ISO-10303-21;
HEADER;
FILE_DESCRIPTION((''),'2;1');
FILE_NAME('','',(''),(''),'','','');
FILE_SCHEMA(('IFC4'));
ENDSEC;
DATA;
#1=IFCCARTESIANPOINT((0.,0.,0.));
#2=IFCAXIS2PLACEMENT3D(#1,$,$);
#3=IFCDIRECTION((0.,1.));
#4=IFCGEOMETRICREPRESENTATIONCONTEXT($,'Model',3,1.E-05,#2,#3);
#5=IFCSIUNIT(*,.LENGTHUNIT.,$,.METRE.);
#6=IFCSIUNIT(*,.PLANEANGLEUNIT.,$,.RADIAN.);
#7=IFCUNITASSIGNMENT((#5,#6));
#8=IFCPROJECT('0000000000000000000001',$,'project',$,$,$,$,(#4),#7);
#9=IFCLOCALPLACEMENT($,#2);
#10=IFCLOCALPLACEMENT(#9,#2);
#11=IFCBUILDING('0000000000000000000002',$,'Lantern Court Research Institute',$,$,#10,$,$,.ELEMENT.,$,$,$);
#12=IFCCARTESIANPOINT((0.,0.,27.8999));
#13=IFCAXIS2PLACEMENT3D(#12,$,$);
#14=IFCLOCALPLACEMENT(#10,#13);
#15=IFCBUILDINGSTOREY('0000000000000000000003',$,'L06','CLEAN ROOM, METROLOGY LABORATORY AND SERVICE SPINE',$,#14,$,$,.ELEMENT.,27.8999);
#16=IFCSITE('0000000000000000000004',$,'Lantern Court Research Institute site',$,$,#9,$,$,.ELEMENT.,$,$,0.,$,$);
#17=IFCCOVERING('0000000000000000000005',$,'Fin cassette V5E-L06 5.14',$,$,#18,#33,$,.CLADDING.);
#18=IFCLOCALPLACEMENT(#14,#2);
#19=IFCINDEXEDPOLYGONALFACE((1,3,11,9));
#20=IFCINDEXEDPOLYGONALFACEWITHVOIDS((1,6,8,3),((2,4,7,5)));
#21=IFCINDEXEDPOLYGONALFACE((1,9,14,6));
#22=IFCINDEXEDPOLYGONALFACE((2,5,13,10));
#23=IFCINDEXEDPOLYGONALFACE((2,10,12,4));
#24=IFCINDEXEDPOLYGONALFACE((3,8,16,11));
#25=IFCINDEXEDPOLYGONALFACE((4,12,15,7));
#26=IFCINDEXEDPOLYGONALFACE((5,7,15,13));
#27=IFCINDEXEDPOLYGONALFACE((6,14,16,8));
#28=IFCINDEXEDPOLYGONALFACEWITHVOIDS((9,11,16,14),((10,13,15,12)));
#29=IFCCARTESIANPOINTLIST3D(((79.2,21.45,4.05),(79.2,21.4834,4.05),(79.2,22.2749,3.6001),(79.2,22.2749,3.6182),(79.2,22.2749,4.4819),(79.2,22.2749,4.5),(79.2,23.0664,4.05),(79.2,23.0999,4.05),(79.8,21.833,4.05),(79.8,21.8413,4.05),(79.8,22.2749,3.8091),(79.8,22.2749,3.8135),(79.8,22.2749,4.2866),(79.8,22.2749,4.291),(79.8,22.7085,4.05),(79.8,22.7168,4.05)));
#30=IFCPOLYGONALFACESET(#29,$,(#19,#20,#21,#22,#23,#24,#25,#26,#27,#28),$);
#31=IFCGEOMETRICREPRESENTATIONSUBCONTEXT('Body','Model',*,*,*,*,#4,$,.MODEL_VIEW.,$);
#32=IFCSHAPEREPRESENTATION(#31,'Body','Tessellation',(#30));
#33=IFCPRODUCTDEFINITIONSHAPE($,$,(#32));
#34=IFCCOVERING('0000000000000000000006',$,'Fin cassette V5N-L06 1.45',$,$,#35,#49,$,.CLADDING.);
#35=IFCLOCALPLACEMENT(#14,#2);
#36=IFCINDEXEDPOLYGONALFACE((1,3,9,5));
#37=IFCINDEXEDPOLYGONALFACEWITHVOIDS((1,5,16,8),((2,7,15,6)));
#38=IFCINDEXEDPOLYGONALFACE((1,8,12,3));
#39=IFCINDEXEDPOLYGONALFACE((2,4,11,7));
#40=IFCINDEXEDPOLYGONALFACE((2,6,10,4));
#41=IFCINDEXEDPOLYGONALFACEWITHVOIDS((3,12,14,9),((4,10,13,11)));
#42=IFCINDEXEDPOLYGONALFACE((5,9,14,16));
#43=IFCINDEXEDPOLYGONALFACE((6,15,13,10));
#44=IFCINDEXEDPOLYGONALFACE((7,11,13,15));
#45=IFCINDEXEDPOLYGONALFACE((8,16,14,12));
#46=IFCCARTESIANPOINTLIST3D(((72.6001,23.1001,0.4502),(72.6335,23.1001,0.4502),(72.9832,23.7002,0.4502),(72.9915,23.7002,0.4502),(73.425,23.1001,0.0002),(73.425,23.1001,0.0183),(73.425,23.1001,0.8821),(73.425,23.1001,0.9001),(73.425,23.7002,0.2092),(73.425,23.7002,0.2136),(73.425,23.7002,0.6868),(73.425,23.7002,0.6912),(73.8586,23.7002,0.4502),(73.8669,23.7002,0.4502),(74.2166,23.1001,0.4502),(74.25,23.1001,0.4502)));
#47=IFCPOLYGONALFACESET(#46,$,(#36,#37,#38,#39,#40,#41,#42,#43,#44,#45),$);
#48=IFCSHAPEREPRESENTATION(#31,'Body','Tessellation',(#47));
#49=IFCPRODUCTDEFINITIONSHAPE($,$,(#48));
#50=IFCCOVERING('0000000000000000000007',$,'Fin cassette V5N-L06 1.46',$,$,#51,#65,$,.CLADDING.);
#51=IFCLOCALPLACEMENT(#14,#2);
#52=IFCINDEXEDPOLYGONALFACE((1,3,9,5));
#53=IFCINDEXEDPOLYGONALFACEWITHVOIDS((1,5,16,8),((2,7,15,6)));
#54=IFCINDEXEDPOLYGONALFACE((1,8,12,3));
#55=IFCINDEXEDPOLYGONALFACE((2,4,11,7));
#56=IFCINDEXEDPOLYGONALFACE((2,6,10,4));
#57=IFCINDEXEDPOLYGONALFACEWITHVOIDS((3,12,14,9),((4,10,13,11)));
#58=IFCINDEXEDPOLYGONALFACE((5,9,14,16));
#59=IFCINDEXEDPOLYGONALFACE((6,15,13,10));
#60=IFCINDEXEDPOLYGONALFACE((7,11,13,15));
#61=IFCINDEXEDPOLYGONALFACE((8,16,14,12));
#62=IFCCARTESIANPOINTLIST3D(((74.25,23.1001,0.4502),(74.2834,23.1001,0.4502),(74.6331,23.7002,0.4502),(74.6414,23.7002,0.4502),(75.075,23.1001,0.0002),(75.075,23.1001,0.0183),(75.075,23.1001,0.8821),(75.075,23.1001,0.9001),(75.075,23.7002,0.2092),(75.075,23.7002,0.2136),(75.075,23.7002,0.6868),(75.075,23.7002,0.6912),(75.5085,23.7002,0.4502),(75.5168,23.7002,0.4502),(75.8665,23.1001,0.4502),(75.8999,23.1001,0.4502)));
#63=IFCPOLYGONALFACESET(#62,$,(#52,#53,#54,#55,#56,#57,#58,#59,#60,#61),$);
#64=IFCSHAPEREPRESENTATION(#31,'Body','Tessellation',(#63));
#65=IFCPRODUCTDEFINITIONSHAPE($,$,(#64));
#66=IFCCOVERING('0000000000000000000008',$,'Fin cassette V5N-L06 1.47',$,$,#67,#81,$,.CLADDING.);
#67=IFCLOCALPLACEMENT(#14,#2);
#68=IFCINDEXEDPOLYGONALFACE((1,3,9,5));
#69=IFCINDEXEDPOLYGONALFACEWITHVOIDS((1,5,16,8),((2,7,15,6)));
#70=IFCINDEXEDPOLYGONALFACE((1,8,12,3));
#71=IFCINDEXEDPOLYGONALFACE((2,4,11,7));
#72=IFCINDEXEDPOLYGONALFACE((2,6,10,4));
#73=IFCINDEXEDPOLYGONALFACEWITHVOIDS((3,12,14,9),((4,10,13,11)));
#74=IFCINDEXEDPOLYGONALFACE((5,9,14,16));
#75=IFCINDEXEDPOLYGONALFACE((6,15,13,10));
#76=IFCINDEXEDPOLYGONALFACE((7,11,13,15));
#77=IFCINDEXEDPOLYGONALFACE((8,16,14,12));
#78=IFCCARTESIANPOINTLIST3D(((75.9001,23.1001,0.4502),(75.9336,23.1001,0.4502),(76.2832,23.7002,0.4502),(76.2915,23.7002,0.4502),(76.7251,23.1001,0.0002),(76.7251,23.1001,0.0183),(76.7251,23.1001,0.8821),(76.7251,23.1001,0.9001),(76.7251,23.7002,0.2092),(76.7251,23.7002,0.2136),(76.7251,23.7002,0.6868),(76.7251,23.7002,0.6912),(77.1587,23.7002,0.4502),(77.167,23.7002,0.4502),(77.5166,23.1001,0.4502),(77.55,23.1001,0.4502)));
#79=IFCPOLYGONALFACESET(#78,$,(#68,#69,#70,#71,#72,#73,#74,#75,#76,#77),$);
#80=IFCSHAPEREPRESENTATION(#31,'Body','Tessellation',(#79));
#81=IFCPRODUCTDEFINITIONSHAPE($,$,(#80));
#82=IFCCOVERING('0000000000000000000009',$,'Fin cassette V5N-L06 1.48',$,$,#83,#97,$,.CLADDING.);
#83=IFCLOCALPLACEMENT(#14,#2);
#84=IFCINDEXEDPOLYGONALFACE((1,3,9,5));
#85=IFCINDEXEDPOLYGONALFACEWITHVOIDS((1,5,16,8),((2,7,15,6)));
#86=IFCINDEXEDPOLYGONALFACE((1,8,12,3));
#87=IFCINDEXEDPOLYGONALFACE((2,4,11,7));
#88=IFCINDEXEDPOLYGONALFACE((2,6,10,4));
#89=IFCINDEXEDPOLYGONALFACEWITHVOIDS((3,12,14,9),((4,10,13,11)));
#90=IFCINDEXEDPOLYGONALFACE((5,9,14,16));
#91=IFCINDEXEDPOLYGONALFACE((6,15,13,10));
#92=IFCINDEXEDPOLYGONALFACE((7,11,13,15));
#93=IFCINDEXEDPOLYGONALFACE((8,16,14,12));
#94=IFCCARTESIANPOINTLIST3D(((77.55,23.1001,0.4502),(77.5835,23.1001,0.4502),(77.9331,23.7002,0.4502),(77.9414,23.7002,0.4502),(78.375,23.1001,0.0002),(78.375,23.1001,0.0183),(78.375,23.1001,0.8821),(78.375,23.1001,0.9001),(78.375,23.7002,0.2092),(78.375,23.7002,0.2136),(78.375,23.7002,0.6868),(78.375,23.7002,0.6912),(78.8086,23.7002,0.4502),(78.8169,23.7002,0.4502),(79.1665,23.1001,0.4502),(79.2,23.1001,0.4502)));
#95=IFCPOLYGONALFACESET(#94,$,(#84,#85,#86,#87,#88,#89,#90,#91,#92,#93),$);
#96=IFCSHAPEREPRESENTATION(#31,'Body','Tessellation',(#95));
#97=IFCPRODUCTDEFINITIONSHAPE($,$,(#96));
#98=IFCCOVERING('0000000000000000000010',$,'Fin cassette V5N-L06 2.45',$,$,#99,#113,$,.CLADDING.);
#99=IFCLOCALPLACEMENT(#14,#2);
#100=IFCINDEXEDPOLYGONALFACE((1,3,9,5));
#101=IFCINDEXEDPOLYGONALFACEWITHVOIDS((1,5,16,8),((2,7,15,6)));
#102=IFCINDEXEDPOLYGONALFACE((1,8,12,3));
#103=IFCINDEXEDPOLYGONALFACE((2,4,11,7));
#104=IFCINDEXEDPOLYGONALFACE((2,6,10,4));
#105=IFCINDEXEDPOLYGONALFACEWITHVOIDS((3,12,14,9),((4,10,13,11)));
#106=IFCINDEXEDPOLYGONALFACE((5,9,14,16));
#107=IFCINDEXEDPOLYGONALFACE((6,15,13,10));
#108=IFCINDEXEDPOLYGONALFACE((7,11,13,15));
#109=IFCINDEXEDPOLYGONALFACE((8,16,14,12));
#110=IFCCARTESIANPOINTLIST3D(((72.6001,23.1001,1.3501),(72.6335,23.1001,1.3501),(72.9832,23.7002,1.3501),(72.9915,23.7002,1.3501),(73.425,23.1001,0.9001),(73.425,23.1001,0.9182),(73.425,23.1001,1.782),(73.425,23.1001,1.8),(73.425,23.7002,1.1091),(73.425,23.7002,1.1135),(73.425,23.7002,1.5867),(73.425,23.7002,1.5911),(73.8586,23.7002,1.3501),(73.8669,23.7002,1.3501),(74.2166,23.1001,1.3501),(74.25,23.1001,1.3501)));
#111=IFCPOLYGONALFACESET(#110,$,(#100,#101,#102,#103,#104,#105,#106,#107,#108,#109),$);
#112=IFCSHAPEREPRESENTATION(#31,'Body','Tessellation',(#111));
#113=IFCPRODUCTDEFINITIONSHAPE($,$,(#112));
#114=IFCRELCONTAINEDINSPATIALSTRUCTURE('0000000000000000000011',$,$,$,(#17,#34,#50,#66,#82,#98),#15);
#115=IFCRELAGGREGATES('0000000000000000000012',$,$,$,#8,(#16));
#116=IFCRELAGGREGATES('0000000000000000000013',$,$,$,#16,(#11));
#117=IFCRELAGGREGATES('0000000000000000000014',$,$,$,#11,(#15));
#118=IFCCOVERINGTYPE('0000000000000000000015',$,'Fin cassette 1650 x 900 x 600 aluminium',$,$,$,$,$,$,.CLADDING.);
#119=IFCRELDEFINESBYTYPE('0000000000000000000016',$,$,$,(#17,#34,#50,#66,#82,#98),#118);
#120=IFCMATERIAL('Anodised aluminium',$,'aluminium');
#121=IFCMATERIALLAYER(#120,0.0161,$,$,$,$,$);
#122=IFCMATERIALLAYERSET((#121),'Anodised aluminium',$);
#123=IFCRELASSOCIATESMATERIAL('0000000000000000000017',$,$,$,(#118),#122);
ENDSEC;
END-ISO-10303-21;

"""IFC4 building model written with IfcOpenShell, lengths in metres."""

from ifc_helpers import new_model, entity, si_unit, direction, frame, origin, place, context, subcontext, project, spatial, material, layer, layer_set, type_object, element, save


model = new_model("IFC4")

# Units and contexts
model_context = context("Model", 3, precision=1e-05, world=origin(), true_north=direction((0.0, 1.0)))
body_context = subcontext(model_context, "Body", "Model", "MODEL_VIEW")
ifc_project = project(units=[si_unit("LENGTHUNIT", "METRE"), si_unit("PLANEANGLEUNIT", "RADIAN")], contexts=[model_context])

# Site, building, storey
site_placement = place(None, origin())
site = spatial("IfcSite", under=ifc_project, at=site_placement, Name="Lantern Court Research Institute site", CompositionType="ELEMENT", RefElevation=0.0)
building_placement = place(site_placement, origin())
building = spatial("IfcBuilding", under=site, at=building_placement, Name="Lantern Court Research Institute", CompositionType="ELEMENT")
storey_placement = place(building_placement, frame((0.0, 0.0, 27.8999)))
storey = spatial("IfcBuildingStorey", under=building, at=storey_placement, Name="L06", Description="CLEAN ROOM, METROLOGY LABORATORY AND SERVICE SPINE", CompositionType="ELEMENT", Elevation=27.8999)

# Coverings
ifc_material_1 = material(Name="Anodised aluminium", Category="aluminium")
ifc_layer_1 = layer(ifc_material_1, 0.0161)
ifc_layer_set_1 = layer_set([ifc_layer_1], Name="Anodised aluminium")
covering_type = type_object("IfcCoveringType", Name="Fin cassette 1650 x 900 x 600 aluminium", PredefinedType="CLADDING", material=ifc_layer_set_1)
covering_1_placement = place(storey_placement, frame((79.2, 22.2749, 4.05), z_axis=(1.0, 0.0, 0.0), x_axis=(0.0, 1.0, 0.0)))
cartesian_point_1 = entity("IfcCartesianPoint", [0.825, 0.0])
cartesian_point_2 = entity("IfcCartesianPoint", [0.7915, 0.0])
cartesian_point_3 = entity("IfcCartesianPoint", [0.4419, 0.0])
cartesian_point_4 = entity("IfcCartesianPoint", [0.4336, 0.0])
element("IfcCovering", 1, at=covering_1_placement, inside=storey, type_object=covering_type, Name="Fin cassette V5E-L06 5.14", PredefinedType="CLADDING", context=body_context, shape_type="SweptSolid", body=[
    entity("IfcExtrudedAreaSolidTapered", entity("IfcArbitraryProfileDefWithVoids", "AREA", None, entity("IfcPolyline", [cartesian_point_1, entity("IfcCartesianPoint", [0.0, 0.45]), entity("IfcCartesianPoint", [-0.825, 0.0]), entity("IfcCartesianPoint", [0.0, -0.45]), cartesian_point_1]), [entity("IfcPolyline", [cartesian_point_2, entity("IfcCartesianPoint", [0.0, 0.4319]), entity("IfcCartesianPoint", [-0.7915, 0.0]), entity("IfcCartesianPoint", [0.0, -0.4319]), cartesian_point_2])]), entity("IfcAxis2Placement3D", entity("IfcCartesianPoint", [0.0, 0.0, 0.0])), entity("IfcDirection", [0.0, 0.0, 1.0]), 0.6001, entity("IfcArbitraryProfileDefWithVoids", "AREA", None, entity("IfcPolyline", [cartesian_point_3, entity("IfcCartesianPoint", [0.0, 0.241]), entity("IfcCartesianPoint", [-0.4419, 0.0]), entity("IfcCartesianPoint", [0.0, -0.241]), cartesian_point_3]), [entity("IfcPolyline", [cartesian_point_4, entity("IfcCartesianPoint", [0.0, 0.2366]), entity("IfcCartesianPoint", [-0.4336, 0.0]), entity("IfcCartesianPoint", [0.0, -0.2366]), cartesian_point_4])])),
])
covering_2_placement = place(storey_placement, frame((73.425, 23.1001, 0.4502), z_axis=(0.0, 1.0, 0.0), x_axis=(-1.0, 0.0, 0.0)))
cartesian_point_5 = entity("IfcCartesianPoint", [0.825, 0.0])
cartesian_point_6 = entity("IfcCartesianPoint", [0.7915, 0.0])
cartesian_point_7 = entity("IfcCartesianPoint", [0.4419, 0.0])
cartesian_point_8 = entity("IfcCartesianPoint", [0.4336, 0.0])
element("IfcCovering", 2, at=covering_2_placement, inside=storey, type_object=covering_type, Name="Fin cassette V5N-L06 1.45", PredefinedType="CLADDING", context=body_context, shape_type="SweptSolid", body=[
    entity("IfcExtrudedAreaSolidTapered", entity("IfcArbitraryProfileDefWithVoids", "AREA", None, entity("IfcPolyline", [cartesian_point_5, entity("IfcCartesianPoint", [0.0, 0.45]), entity("IfcCartesianPoint", [-0.825, 0.0]), entity("IfcCartesianPoint", [0.0, -0.45]), cartesian_point_5]), [entity("IfcPolyline", [cartesian_point_6, entity("IfcCartesianPoint", [0.0, 0.4319]), entity("IfcCartesianPoint", [-0.7915, 0.0]), entity("IfcCartesianPoint", [0.0, -0.4319]), cartesian_point_6])]), entity("IfcAxis2Placement3D", entity("IfcCartesianPoint", [0.0, 0.0, 0.0])), entity("IfcDirection", [0.0, 0.0, 1.0]), 0.6001, entity("IfcArbitraryProfileDefWithVoids", "AREA", None, entity("IfcPolyline", [cartesian_point_7, entity("IfcCartesianPoint", [0.0, 0.241]), entity("IfcCartesianPoint", [-0.4419, 0.0]), entity("IfcCartesianPoint", [0.0, -0.241]), cartesian_point_7]), [entity("IfcPolyline", [cartesian_point_8, entity("IfcCartesianPoint", [0.0, 0.2366]), entity("IfcCartesianPoint", [-0.4336, 0.0]), entity("IfcCartesianPoint", [0.0, -0.2366]), cartesian_point_8])])),
])
covering_3_placement = place(storey_placement, frame((75.075, 23.1001, 0.4502), z_axis=(0.0, 1.0, 0.0), x_axis=(-1.0, 0.0, 0.0)))
cartesian_point_9 = entity("IfcCartesianPoint", [0.825, 0.0])
cartesian_point_10 = entity("IfcCartesianPoint", [0.7915, 0.0])
cartesian_point_11 = entity("IfcCartesianPoint", [0.4419, 0.0])
cartesian_point_12 = entity("IfcCartesianPoint", [0.4336, 0.0])
element("IfcCovering", 3, at=covering_3_placement, inside=storey, type_object=covering_type, Name="Fin cassette V5N-L06 1.46", PredefinedType="CLADDING", context=body_context, shape_type="SweptSolid", body=[
    entity("IfcExtrudedAreaSolidTapered", entity("IfcArbitraryProfileDefWithVoids", "AREA", None, entity("IfcPolyline", [cartesian_point_9, entity("IfcCartesianPoint", [0.0, 0.45]), entity("IfcCartesianPoint", [-0.825, 0.0]), entity("IfcCartesianPoint", [0.0, -0.45]), cartesian_point_9]), [entity("IfcPolyline", [cartesian_point_10, entity("IfcCartesianPoint", [0.0, 0.4319]), entity("IfcCartesianPoint", [-0.7915, 0.0]), entity("IfcCartesianPoint", [0.0, -0.4319]), cartesian_point_10])]), entity("IfcAxis2Placement3D", entity("IfcCartesianPoint", [0.0, 0.0, 0.0])), entity("IfcDirection", [0.0, 0.0, 1.0]), 0.6001, entity("IfcArbitraryProfileDefWithVoids", "AREA", None, entity("IfcPolyline", [cartesian_point_11, entity("IfcCartesianPoint", [0.0, 0.241]), entity("IfcCartesianPoint", [-0.4419, 0.0]), entity("IfcCartesianPoint", [0.0, -0.241]), cartesian_point_11]), [entity("IfcPolyline", [cartesian_point_12, entity("IfcCartesianPoint", [0.0, 0.2366]), entity("IfcCartesianPoint", [-0.4336, 0.0]), entity("IfcCartesianPoint", [0.0, -0.2366]), cartesian_point_12])])),
])
covering_4_placement = place(storey_placement, frame((76.7251, 23.1001, 0.4502), z_axis=(0.0, 1.0, 0.0), x_axis=(-1.0, 0.0, 0.0)))
cartesian_point_13 = entity("IfcCartesianPoint", [0.825, 0.0])
cartesian_point_14 = entity("IfcCartesianPoint", [0.7915, 0.0])
cartesian_point_15 = entity("IfcCartesianPoint", [0.4419, 0.0])
cartesian_point_16 = entity("IfcCartesianPoint", [0.4336, 0.0])
element("IfcCovering", 4, at=covering_4_placement, inside=storey, type_object=covering_type, Name="Fin cassette V5N-L06 1.47", PredefinedType="CLADDING", context=body_context, shape_type="SweptSolid", body=[
    entity("IfcExtrudedAreaSolidTapered", entity("IfcArbitraryProfileDefWithVoids", "AREA", None, entity("IfcPolyline", [cartesian_point_13, entity("IfcCartesianPoint", [0.0, 0.45]), entity("IfcCartesianPoint", [-0.825, 0.0]), entity("IfcCartesianPoint", [0.0, -0.45]), cartesian_point_13]), [entity("IfcPolyline", [cartesian_point_14, entity("IfcCartesianPoint", [0.0, 0.4319]), entity("IfcCartesianPoint", [-0.7915, 0.0]), entity("IfcCartesianPoint", [0.0, -0.4319]), cartesian_point_14])]), entity("IfcAxis2Placement3D", entity("IfcCartesianPoint", [0.0, 0.0, 0.0])), entity("IfcDirection", [0.0, 0.0, 1.0]), 0.6001, entity("IfcArbitraryProfileDefWithVoids", "AREA", None, entity("IfcPolyline", [cartesian_point_15, entity("IfcCartesianPoint", [0.0, 0.241]), entity("IfcCartesianPoint", [-0.4419, 0.0]), entity("IfcCartesianPoint", [0.0, -0.241]), cartesian_point_15]), [entity("IfcPolyline", [cartesian_point_16, entity("IfcCartesianPoint", [0.0, 0.2366]), entity("IfcCartesianPoint", [-0.4336, 0.0]), entity("IfcCartesianPoint", [0.0, -0.2366]), cartesian_point_16])])),
])
covering_5_placement = place(storey_placement, frame((78.375, 23.1001, 0.4502), z_axis=(0.0, 1.0, 0.0), x_axis=(-1.0, 0.0, 0.0)))
cartesian_point_17 = entity("IfcCartesianPoint", [0.825, 0.0])
cartesian_point_18 = entity("IfcCartesianPoint", [0.7915, 0.0])
cartesian_point_19 = entity("IfcCartesianPoint", [0.4419, 0.0])
cartesian_point_20 = entity("IfcCartesianPoint", [0.4336, 0.0])
element("IfcCovering", 5, at=covering_5_placement, inside=storey, type_object=covering_type, Name="Fin cassette V5N-L06 1.48", PredefinedType="CLADDING", context=body_context, shape_type="SweptSolid", body=[
    entity("IfcExtrudedAreaSolidTapered", entity("IfcArbitraryProfileDefWithVoids", "AREA", None, entity("IfcPolyline", [cartesian_point_17, entity("IfcCartesianPoint", [0.0, 0.45]), entity("IfcCartesianPoint", [-0.825, 0.0]), entity("IfcCartesianPoint", [0.0, -0.45]), cartesian_point_17]), [entity("IfcPolyline", [cartesian_point_18, entity("IfcCartesianPoint", [0.0, 0.4319]), entity("IfcCartesianPoint", [-0.7915, 0.0]), entity("IfcCartesianPoint", [0.0, -0.4319]), cartesian_point_18])]), entity("IfcAxis2Placement3D", entity("IfcCartesianPoint", [0.0, 0.0, 0.0])), entity("IfcDirection", [0.0, 0.0, 1.0]), 0.6001, entity("IfcArbitraryProfileDefWithVoids", "AREA", None, entity("IfcPolyline", [cartesian_point_19, entity("IfcCartesianPoint", [0.0, 0.241]), entity("IfcCartesianPoint", [-0.4419, 0.0]), entity("IfcCartesianPoint", [0.0, -0.241]), cartesian_point_19]), [entity("IfcPolyline", [cartesian_point_20, entity("IfcCartesianPoint", [0.0, 0.2366]), entity("IfcCartesianPoint", [-0.4336, 0.0]), entity("IfcCartesianPoint", [0.0, -0.2366]), cartesian_point_20])])),
])
covering_6_placement = place(storey_placement, frame((73.425, 23.1001, 1.3501), z_axis=(0.0, 1.0, 0.0), x_axis=(-1.0, 0.0, 0.0)))
cartesian_point_21 = entity("IfcCartesianPoint", [0.825, 0.0])
cartesian_point_22 = entity("IfcCartesianPoint", [0.7915, 0.0])
cartesian_point_23 = entity("IfcCartesianPoint", [0.4419, 0.0])
cartesian_point_24 = entity("IfcCartesianPoint", [0.4336, 0.0])
element("IfcCovering", 6, at=covering_6_placement, inside=storey, type_object=covering_type, Name="Fin cassette V5N-L06 2.45", PredefinedType="CLADDING", context=body_context, shape_type="SweptSolid", body=[
    entity("IfcExtrudedAreaSolidTapered", entity("IfcArbitraryProfileDefWithVoids", "AREA", None, entity("IfcPolyline", [cartesian_point_21, entity("IfcCartesianPoint", [0.0, 0.45]), entity("IfcCartesianPoint", [-0.825, 0.0]), entity("IfcCartesianPoint", [0.0, -0.45]), cartesian_point_21]), [entity("IfcPolyline", [cartesian_point_22, entity("IfcCartesianPoint", [0.0, 0.4319]), entity("IfcCartesianPoint", [-0.7915, 0.0]), entity("IfcCartesianPoint", [0.0, -0.4319]), cartesian_point_22])]), entity("IfcAxis2Placement3D", entity("IfcCartesianPoint", [0.0, 0.0, 0.0])), entity("IfcDirection", [0.0, 0.0, 1.0]), 0.6001, entity("IfcArbitraryProfileDefWithVoids", "AREA", None, entity("IfcPolyline", [cartesian_point_23, entity("IfcCartesianPoint", [0.0, 0.241]), entity("IfcCartesianPoint", [-0.4419, 0.0]), entity("IfcCartesianPoint", [0.0, -0.241]), cartesian_point_23]), [entity("IfcPolyline", [cartesian_point_24, entity("IfcCartesianPoint", [0.0, 0.2366]), entity("IfcCartesianPoint", [-0.4336, 0.0]), entity("IfcCartesianPoint", [0.0, -0.2366]), cartesian_point_24])])),
])

save(model, "model.ifc")
